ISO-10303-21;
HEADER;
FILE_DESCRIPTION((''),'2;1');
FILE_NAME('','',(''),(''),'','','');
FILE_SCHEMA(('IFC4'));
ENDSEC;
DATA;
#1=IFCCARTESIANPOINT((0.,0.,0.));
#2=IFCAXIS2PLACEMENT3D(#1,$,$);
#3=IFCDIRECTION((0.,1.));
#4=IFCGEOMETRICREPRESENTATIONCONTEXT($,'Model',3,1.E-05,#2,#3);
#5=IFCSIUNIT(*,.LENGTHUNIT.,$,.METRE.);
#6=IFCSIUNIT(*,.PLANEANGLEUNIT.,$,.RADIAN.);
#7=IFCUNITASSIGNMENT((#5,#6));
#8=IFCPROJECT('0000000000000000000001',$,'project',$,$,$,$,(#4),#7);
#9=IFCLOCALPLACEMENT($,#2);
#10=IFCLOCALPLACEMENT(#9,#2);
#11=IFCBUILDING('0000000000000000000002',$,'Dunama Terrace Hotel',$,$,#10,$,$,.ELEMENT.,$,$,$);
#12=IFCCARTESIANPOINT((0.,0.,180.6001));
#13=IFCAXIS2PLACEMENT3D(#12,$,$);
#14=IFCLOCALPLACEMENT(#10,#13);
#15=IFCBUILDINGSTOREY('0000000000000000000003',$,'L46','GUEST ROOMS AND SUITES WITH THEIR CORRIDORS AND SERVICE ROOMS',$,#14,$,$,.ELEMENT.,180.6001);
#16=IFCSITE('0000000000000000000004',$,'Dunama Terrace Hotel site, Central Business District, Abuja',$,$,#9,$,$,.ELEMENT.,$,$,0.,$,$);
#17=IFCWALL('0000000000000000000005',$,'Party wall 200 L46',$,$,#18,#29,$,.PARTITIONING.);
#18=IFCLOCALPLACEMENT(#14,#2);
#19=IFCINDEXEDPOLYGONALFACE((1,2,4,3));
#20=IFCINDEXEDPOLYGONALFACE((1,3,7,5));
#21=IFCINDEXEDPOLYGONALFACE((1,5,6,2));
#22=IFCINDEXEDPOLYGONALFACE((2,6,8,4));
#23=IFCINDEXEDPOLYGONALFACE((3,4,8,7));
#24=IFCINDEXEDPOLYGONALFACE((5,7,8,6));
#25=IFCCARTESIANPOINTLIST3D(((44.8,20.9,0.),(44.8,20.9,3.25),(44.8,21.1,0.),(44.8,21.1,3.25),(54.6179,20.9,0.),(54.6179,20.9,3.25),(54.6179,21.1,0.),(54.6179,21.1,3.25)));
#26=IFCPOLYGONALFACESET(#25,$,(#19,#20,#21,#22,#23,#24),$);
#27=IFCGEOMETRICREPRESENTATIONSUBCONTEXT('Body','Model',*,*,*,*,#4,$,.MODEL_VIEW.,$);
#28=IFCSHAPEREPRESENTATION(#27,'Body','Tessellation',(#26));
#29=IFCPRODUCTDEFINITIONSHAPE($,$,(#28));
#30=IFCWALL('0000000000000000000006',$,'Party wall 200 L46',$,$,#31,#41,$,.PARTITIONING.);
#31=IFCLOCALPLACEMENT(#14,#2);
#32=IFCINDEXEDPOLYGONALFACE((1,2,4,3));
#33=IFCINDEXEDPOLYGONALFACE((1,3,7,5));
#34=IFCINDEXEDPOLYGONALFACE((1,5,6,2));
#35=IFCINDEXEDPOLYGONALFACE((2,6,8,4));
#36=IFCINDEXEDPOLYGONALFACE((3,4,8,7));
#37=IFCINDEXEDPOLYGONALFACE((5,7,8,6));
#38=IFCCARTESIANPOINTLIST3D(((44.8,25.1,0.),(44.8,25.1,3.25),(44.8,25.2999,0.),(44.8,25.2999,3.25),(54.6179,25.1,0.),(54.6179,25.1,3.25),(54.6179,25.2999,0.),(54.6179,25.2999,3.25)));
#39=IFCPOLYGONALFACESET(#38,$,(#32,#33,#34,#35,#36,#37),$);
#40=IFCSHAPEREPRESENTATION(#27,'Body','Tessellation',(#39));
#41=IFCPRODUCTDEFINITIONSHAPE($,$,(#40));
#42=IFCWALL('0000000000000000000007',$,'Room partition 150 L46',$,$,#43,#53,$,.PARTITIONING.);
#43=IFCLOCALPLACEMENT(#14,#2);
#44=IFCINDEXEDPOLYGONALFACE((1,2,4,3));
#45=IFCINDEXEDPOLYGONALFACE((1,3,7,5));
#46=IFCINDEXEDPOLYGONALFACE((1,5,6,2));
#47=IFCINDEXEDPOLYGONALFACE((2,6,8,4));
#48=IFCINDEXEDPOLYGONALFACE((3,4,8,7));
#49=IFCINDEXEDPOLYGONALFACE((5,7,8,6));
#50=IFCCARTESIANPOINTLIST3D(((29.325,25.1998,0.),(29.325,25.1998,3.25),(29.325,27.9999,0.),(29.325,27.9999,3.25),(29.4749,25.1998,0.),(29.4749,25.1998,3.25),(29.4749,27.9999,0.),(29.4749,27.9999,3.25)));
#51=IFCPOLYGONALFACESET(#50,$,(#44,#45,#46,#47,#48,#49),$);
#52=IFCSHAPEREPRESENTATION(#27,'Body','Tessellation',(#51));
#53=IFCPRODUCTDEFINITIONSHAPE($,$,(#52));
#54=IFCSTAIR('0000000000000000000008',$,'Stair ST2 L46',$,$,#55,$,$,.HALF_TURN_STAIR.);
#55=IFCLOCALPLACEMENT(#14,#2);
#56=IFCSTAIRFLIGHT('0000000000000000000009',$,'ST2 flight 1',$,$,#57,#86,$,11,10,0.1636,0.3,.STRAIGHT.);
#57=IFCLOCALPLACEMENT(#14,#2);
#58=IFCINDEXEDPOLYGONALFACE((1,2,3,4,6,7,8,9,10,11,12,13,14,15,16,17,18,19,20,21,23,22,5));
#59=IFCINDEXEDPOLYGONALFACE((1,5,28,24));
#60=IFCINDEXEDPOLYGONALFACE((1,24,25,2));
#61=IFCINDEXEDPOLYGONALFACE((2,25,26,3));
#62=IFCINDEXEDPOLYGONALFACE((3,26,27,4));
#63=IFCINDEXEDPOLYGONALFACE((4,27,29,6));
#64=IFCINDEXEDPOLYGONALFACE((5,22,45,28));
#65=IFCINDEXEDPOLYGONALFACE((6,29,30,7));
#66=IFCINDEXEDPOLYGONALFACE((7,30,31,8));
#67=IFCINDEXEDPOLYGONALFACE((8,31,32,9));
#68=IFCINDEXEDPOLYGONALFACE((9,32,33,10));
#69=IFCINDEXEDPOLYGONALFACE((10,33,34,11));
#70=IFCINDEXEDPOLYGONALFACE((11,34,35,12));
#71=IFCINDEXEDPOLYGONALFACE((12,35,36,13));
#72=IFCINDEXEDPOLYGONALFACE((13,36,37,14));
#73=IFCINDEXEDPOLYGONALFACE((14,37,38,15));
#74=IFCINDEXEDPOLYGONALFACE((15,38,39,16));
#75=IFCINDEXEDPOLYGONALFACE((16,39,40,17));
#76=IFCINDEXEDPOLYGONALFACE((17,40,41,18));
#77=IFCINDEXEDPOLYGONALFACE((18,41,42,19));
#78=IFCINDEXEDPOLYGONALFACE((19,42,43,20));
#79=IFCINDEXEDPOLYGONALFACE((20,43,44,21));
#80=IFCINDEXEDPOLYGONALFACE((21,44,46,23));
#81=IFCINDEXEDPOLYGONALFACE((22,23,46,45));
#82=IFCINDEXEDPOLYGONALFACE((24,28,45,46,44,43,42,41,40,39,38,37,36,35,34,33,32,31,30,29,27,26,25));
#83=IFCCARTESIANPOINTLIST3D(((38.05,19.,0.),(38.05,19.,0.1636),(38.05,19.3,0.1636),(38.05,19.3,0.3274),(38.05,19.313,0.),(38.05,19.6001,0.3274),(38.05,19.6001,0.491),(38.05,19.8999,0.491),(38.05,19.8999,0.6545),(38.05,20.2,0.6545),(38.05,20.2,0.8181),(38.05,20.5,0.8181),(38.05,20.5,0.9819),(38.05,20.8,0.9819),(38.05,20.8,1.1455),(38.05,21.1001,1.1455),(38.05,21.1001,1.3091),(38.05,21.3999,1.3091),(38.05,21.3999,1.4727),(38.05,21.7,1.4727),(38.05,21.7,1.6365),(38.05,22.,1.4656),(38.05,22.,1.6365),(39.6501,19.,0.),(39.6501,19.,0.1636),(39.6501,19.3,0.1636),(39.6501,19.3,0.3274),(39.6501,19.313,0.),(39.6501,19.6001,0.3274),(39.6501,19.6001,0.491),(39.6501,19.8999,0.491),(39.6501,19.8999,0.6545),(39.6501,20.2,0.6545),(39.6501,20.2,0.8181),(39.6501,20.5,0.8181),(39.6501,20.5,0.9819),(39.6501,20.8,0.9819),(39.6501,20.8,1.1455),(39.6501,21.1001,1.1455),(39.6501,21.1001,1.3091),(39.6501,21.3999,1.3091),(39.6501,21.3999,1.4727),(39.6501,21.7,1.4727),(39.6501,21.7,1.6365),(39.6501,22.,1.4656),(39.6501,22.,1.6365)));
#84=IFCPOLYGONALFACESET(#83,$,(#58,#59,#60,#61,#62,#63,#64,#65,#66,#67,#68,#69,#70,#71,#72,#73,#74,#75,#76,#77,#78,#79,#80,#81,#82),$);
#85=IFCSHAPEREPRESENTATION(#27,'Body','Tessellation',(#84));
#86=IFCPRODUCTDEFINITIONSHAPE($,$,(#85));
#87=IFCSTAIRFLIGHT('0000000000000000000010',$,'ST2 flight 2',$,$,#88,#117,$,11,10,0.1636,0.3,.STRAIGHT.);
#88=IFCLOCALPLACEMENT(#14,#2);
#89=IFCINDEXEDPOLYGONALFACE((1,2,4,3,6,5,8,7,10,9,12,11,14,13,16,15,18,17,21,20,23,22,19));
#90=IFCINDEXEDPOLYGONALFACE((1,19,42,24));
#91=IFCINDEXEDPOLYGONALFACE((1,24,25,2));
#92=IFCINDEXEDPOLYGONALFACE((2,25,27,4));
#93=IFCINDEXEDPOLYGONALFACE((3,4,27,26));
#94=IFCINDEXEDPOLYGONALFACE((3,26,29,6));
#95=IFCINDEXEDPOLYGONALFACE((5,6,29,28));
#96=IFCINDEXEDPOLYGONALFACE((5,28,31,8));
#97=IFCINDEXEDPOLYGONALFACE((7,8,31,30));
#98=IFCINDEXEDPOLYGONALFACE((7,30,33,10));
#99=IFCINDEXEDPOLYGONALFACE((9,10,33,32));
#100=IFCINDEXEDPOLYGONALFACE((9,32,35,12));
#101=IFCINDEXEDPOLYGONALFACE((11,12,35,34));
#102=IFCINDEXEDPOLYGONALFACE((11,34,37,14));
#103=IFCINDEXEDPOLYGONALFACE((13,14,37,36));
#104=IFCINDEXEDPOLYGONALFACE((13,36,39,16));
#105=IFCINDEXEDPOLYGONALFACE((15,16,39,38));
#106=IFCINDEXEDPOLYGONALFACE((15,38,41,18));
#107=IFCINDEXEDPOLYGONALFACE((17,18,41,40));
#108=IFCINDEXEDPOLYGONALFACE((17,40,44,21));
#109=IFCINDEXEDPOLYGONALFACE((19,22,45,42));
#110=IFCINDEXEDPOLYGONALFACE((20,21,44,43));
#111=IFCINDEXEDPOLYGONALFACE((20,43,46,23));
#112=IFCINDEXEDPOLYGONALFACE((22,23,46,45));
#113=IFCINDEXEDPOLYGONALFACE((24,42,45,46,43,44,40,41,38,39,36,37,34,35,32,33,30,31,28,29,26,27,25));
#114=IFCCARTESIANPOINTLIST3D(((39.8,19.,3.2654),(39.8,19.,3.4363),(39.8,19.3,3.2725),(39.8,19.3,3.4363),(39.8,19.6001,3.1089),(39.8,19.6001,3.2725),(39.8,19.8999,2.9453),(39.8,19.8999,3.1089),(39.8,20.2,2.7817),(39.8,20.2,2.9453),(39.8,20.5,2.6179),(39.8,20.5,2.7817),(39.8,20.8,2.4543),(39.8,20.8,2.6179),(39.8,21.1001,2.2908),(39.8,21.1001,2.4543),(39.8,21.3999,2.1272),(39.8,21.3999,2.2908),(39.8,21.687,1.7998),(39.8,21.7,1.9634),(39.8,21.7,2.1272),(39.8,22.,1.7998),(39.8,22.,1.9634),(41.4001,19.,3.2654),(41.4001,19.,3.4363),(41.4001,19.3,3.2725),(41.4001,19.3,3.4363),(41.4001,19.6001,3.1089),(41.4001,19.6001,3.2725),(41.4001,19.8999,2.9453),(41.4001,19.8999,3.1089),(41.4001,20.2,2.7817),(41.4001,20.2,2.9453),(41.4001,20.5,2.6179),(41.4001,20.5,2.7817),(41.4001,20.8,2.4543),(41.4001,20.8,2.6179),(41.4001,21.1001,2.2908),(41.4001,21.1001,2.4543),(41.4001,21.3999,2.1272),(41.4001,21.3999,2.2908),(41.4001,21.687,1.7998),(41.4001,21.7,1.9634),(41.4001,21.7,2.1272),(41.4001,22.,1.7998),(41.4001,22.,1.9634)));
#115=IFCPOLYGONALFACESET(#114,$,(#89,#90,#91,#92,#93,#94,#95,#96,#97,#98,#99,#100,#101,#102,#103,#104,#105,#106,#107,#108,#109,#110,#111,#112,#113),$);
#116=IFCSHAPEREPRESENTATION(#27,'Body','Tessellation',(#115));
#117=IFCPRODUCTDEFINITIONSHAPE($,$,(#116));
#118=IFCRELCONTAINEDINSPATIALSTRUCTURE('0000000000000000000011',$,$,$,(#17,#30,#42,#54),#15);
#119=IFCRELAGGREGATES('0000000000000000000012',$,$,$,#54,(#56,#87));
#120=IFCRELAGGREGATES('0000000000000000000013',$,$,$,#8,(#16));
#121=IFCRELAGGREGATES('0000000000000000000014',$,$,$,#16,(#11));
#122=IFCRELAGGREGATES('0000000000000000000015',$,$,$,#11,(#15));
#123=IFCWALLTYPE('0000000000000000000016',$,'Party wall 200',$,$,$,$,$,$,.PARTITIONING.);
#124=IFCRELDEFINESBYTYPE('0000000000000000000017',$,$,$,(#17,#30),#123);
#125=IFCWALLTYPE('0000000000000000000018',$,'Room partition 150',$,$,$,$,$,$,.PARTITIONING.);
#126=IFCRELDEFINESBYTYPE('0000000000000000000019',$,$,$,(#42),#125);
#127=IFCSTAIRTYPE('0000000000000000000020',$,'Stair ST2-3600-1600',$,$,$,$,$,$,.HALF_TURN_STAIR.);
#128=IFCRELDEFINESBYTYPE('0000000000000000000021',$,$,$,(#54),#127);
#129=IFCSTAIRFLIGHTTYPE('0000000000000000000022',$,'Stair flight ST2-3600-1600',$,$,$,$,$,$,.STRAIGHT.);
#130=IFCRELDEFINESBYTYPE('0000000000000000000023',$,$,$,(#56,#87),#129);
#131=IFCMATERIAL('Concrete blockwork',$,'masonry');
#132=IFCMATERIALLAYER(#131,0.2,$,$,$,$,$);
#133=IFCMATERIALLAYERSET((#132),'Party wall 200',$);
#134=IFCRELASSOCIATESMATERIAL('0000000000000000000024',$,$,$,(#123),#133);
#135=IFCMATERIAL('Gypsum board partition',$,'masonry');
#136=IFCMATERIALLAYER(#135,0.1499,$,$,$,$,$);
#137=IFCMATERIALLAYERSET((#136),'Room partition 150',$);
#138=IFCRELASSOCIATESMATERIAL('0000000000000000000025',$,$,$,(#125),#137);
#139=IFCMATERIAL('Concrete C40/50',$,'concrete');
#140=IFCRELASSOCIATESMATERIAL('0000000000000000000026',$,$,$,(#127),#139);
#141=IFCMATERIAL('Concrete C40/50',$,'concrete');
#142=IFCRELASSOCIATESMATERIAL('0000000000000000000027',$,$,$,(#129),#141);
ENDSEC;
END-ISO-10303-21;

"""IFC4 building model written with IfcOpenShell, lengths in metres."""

from ifc_helpers import new_model, si_unit, direction, frame, frame_2d, origin, place, context, subcontext, project, spatial, polyline, rectangle, outline, extrude, material, layer, layer_set, type_object, element, aggregate, save


model = new_model("IFC4")

# Units and contexts
model_context = context("Model", 3, precision=1e-05, world=origin(), true_north=direction((0.0, 1.0)))
body_context = subcontext(model_context, "Body", "Model", "MODEL_VIEW")
ifc_project = project(units=[si_unit("LENGTHUNIT", "METRE"), si_unit("PLANEANGLEUNIT", "RADIAN")], contexts=[model_context])

# Site, building, storey
site_placement = place(None, origin())
site = spatial("IfcSite", under=ifc_project, at=site_placement, Name="Dunama Terrace Hotel site, Central Business District, Abuja", CompositionType="ELEMENT", RefElevation=0.0)
building_placement = place(site_placement, origin())
building = spatial("IfcBuilding", under=site, at=building_placement, Name="Dunama Terrace Hotel", CompositionType="ELEMENT")
storey_placement = place(building_placement, frame((0.0, 0.0, 180.6001)))
storey = spatial("IfcBuildingStorey", under=building, at=storey_placement, Name="L46", Description="GUEST ROOMS AND SUITES WITH THEIR CORRIDORS AND SERVICE ROOMS", CompositionType="ELEMENT", Elevation=180.6001)

# Walls
ifc_material_1 = material(Name="Concrete blockwork", Category="masonry")
ifc_layer_1 = layer(ifc_material_1, 0.2)
ifc_layer_set_1 = layer_set([ifc_layer_1], Name="Party wall 200")
wall_type_1 = type_object("IfcWallType", Name="Party wall 200", PredefinedType="PARTITIONING", material=ifc_layer_set_1)
for number, where, z_axis, x_axis, name in (
    (1, (44.8, 21.0, 0.0), (0.0, 0.0, 1.0), (1.0, 0.0, 0.0), "Party wall 200 L46"),
    (2, (44.8, 25.2, 0.0), (0.0, 0.0, 1.0), (1.0, 0.0, 0.0), "Party wall 200 L46"),
):
    element("IfcWall", number, at=place(storey_placement, frame(where, z_axis=z_axis, x_axis=x_axis)), inside=storey, type_object=wall_type_1, Name=name, PredefinedType="PARTITIONING", context=body_context, shape_type="SweptSolid", body=[
        extrude(rectangle(XDim=9.8179, YDim=0.2, at=frame_2d((4.9089, 0.0))), origin(), (0.0, 0.0, 1.0), 3.25),
    ])
ifc_material_2 = material(Name="Gypsum board partition", Category="masonry")
ifc_layer_2 = layer(ifc_material_2, 0.1499)
ifc_layer_set_2 = layer_set([ifc_layer_2], Name="Room partition 150")
wall_type_2 = type_object("IfcWallType", Name="Room partition 150", PredefinedType="PARTITIONING", material=ifc_layer_set_2)
wall_1_placement = place(storey_placement, frame((29.3999, 25.2, 0.0), z_axis=(0.0, 0.0, 1.0), x_axis=(0.0, 1.0, 0.0)))
element("IfcWall", 3, at=wall_1_placement, inside=storey, type_object=wall_type_2, Name="Room partition 150 L46", PredefinedType="PARTITIONING", context=body_context, shape_type="SweptSolid", body=[
    extrude(rectangle(XDim=2.8, YDim=0.1499, at=frame_2d((1.3999, 0.0))), origin(), (0.0, 0.0, 1.0), 3.25),
])

# Stair, stair flights
ifc_material_3 = material(Name="Concrete C40/50", Category="concrete")
stair_type = type_object("IfcStairType", Name="Stair ST2-3600-1600", PredefinedType="HALF_TURN_STAIR", material=ifc_material_3)
stair_placement = place(storey_placement, origin())
stair = element("IfcStair", 4, at=stair_placement, inside=storey, type_object=stair_type, Name="Stair ST2 L46", PredefinedType="HALF_TURN_STAIR")
ifc_material_4 = material(Name="Concrete C40/50", Category="concrete")
stair_flight_type = type_object("IfcStairFlightType", Name="Stair flight ST2-3600-1600", PredefinedType="STRAIGHT", material=ifc_material_4)
stair_flight_1_placement = place(storey_placement, frame((38.8501, 19.0, 0.0), z_axis=(0.0, 0.0, 1.0), x_axis=(0.0, 1.0, 0.0)))
stair_flight_1 = element("IfcStairFlight", 5, at=stair_flight_1_placement, type_object=stair_flight_type, Name="ST2 flight 1", NumberOfRisers=11, NumberOfTreads=10, PredefinedType="STRAIGHT", RiserHeight=0.1636, TreadLength=0.3, context=body_context, shape_type="SweptSolid", body=[
    extrude(outline(polyline([(0.0, 0.0), (0.0, 0.1636), (0.3, 0.1636), (0.3, 0.3274), (0.6001, 0.3274), (0.6001, 0.491), (0.8999, 0.491), (0.8999, 0.6545), (1.2, 0.6545), (1.2, 0.8181), (1.5, 0.8181), (1.5, 0.9819), (1.8, 0.9819), (1.8, 1.1455), (2.1001, 1.1455), (2.1001, 1.3091), (2.3999, 1.3091), (2.3999, 1.4727), (2.7, 1.4727), (2.7, 1.6365), (3.0, 1.6365), (3.0, 1.8), (3.0, 1.4656), (0.313, 0.0), (0.0, 0.0)])), frame((0.0, 0.8, 0.0), z_axis=(0.0, -1.0, 0.0), x_axis=(1.0, 0.0, 0.0)), (0.0, 0.0, 1.0), 1.6001),
])
stair_flight_2_placement = place(storey_placement, frame((40.6001, 22.0, 1.7998), z_axis=(0.0, 0.0, 1.0), x_axis=(0.0, -1.0, 0.0)))
stair_flight_2 = element("IfcStairFlight", 6, at=stair_flight_2_placement, type_object=stair_flight_type, Name="ST2 flight 2", NumberOfRisers=11, NumberOfTreads=10, PredefinedType="STRAIGHT", RiserHeight=0.1636, TreadLength=0.3, context=body_context, shape_type="SweptSolid", body=[
    extrude(outline(polyline([(0.0, 0.0), (0.0, 0.1636), (0.3, 0.1636), (0.3, 0.3274), (0.6001, 0.3274), (0.6001, 0.491), (0.8999, 0.491), (0.8999, 0.6545), (1.2, 0.6545), (1.2, 0.8181), (1.5, 0.8181), (1.5, 0.9819), (1.8, 0.9819), (1.8, 1.1455), (2.1001, 1.1455), (2.1001, 1.3091), (2.3999, 1.3091), (2.3999, 1.4727), (2.7, 1.4727), (2.7, 1.6365), (3.0, 1.6365), (3.0, 1.8), (3.0, 1.4656), (0.313, 0.0), (0.0, 0.0)])), frame((0.0, 0.8, 0.0), z_axis=(0.0, -1.0, 0.0), x_axis=(1.0, 0.0, 0.0)), (0.0, 0.0, 1.0), 1.6001),
])
aggregate(stair, [stair_flight_1, stair_flight_2])

save(model, "model.ifc")
